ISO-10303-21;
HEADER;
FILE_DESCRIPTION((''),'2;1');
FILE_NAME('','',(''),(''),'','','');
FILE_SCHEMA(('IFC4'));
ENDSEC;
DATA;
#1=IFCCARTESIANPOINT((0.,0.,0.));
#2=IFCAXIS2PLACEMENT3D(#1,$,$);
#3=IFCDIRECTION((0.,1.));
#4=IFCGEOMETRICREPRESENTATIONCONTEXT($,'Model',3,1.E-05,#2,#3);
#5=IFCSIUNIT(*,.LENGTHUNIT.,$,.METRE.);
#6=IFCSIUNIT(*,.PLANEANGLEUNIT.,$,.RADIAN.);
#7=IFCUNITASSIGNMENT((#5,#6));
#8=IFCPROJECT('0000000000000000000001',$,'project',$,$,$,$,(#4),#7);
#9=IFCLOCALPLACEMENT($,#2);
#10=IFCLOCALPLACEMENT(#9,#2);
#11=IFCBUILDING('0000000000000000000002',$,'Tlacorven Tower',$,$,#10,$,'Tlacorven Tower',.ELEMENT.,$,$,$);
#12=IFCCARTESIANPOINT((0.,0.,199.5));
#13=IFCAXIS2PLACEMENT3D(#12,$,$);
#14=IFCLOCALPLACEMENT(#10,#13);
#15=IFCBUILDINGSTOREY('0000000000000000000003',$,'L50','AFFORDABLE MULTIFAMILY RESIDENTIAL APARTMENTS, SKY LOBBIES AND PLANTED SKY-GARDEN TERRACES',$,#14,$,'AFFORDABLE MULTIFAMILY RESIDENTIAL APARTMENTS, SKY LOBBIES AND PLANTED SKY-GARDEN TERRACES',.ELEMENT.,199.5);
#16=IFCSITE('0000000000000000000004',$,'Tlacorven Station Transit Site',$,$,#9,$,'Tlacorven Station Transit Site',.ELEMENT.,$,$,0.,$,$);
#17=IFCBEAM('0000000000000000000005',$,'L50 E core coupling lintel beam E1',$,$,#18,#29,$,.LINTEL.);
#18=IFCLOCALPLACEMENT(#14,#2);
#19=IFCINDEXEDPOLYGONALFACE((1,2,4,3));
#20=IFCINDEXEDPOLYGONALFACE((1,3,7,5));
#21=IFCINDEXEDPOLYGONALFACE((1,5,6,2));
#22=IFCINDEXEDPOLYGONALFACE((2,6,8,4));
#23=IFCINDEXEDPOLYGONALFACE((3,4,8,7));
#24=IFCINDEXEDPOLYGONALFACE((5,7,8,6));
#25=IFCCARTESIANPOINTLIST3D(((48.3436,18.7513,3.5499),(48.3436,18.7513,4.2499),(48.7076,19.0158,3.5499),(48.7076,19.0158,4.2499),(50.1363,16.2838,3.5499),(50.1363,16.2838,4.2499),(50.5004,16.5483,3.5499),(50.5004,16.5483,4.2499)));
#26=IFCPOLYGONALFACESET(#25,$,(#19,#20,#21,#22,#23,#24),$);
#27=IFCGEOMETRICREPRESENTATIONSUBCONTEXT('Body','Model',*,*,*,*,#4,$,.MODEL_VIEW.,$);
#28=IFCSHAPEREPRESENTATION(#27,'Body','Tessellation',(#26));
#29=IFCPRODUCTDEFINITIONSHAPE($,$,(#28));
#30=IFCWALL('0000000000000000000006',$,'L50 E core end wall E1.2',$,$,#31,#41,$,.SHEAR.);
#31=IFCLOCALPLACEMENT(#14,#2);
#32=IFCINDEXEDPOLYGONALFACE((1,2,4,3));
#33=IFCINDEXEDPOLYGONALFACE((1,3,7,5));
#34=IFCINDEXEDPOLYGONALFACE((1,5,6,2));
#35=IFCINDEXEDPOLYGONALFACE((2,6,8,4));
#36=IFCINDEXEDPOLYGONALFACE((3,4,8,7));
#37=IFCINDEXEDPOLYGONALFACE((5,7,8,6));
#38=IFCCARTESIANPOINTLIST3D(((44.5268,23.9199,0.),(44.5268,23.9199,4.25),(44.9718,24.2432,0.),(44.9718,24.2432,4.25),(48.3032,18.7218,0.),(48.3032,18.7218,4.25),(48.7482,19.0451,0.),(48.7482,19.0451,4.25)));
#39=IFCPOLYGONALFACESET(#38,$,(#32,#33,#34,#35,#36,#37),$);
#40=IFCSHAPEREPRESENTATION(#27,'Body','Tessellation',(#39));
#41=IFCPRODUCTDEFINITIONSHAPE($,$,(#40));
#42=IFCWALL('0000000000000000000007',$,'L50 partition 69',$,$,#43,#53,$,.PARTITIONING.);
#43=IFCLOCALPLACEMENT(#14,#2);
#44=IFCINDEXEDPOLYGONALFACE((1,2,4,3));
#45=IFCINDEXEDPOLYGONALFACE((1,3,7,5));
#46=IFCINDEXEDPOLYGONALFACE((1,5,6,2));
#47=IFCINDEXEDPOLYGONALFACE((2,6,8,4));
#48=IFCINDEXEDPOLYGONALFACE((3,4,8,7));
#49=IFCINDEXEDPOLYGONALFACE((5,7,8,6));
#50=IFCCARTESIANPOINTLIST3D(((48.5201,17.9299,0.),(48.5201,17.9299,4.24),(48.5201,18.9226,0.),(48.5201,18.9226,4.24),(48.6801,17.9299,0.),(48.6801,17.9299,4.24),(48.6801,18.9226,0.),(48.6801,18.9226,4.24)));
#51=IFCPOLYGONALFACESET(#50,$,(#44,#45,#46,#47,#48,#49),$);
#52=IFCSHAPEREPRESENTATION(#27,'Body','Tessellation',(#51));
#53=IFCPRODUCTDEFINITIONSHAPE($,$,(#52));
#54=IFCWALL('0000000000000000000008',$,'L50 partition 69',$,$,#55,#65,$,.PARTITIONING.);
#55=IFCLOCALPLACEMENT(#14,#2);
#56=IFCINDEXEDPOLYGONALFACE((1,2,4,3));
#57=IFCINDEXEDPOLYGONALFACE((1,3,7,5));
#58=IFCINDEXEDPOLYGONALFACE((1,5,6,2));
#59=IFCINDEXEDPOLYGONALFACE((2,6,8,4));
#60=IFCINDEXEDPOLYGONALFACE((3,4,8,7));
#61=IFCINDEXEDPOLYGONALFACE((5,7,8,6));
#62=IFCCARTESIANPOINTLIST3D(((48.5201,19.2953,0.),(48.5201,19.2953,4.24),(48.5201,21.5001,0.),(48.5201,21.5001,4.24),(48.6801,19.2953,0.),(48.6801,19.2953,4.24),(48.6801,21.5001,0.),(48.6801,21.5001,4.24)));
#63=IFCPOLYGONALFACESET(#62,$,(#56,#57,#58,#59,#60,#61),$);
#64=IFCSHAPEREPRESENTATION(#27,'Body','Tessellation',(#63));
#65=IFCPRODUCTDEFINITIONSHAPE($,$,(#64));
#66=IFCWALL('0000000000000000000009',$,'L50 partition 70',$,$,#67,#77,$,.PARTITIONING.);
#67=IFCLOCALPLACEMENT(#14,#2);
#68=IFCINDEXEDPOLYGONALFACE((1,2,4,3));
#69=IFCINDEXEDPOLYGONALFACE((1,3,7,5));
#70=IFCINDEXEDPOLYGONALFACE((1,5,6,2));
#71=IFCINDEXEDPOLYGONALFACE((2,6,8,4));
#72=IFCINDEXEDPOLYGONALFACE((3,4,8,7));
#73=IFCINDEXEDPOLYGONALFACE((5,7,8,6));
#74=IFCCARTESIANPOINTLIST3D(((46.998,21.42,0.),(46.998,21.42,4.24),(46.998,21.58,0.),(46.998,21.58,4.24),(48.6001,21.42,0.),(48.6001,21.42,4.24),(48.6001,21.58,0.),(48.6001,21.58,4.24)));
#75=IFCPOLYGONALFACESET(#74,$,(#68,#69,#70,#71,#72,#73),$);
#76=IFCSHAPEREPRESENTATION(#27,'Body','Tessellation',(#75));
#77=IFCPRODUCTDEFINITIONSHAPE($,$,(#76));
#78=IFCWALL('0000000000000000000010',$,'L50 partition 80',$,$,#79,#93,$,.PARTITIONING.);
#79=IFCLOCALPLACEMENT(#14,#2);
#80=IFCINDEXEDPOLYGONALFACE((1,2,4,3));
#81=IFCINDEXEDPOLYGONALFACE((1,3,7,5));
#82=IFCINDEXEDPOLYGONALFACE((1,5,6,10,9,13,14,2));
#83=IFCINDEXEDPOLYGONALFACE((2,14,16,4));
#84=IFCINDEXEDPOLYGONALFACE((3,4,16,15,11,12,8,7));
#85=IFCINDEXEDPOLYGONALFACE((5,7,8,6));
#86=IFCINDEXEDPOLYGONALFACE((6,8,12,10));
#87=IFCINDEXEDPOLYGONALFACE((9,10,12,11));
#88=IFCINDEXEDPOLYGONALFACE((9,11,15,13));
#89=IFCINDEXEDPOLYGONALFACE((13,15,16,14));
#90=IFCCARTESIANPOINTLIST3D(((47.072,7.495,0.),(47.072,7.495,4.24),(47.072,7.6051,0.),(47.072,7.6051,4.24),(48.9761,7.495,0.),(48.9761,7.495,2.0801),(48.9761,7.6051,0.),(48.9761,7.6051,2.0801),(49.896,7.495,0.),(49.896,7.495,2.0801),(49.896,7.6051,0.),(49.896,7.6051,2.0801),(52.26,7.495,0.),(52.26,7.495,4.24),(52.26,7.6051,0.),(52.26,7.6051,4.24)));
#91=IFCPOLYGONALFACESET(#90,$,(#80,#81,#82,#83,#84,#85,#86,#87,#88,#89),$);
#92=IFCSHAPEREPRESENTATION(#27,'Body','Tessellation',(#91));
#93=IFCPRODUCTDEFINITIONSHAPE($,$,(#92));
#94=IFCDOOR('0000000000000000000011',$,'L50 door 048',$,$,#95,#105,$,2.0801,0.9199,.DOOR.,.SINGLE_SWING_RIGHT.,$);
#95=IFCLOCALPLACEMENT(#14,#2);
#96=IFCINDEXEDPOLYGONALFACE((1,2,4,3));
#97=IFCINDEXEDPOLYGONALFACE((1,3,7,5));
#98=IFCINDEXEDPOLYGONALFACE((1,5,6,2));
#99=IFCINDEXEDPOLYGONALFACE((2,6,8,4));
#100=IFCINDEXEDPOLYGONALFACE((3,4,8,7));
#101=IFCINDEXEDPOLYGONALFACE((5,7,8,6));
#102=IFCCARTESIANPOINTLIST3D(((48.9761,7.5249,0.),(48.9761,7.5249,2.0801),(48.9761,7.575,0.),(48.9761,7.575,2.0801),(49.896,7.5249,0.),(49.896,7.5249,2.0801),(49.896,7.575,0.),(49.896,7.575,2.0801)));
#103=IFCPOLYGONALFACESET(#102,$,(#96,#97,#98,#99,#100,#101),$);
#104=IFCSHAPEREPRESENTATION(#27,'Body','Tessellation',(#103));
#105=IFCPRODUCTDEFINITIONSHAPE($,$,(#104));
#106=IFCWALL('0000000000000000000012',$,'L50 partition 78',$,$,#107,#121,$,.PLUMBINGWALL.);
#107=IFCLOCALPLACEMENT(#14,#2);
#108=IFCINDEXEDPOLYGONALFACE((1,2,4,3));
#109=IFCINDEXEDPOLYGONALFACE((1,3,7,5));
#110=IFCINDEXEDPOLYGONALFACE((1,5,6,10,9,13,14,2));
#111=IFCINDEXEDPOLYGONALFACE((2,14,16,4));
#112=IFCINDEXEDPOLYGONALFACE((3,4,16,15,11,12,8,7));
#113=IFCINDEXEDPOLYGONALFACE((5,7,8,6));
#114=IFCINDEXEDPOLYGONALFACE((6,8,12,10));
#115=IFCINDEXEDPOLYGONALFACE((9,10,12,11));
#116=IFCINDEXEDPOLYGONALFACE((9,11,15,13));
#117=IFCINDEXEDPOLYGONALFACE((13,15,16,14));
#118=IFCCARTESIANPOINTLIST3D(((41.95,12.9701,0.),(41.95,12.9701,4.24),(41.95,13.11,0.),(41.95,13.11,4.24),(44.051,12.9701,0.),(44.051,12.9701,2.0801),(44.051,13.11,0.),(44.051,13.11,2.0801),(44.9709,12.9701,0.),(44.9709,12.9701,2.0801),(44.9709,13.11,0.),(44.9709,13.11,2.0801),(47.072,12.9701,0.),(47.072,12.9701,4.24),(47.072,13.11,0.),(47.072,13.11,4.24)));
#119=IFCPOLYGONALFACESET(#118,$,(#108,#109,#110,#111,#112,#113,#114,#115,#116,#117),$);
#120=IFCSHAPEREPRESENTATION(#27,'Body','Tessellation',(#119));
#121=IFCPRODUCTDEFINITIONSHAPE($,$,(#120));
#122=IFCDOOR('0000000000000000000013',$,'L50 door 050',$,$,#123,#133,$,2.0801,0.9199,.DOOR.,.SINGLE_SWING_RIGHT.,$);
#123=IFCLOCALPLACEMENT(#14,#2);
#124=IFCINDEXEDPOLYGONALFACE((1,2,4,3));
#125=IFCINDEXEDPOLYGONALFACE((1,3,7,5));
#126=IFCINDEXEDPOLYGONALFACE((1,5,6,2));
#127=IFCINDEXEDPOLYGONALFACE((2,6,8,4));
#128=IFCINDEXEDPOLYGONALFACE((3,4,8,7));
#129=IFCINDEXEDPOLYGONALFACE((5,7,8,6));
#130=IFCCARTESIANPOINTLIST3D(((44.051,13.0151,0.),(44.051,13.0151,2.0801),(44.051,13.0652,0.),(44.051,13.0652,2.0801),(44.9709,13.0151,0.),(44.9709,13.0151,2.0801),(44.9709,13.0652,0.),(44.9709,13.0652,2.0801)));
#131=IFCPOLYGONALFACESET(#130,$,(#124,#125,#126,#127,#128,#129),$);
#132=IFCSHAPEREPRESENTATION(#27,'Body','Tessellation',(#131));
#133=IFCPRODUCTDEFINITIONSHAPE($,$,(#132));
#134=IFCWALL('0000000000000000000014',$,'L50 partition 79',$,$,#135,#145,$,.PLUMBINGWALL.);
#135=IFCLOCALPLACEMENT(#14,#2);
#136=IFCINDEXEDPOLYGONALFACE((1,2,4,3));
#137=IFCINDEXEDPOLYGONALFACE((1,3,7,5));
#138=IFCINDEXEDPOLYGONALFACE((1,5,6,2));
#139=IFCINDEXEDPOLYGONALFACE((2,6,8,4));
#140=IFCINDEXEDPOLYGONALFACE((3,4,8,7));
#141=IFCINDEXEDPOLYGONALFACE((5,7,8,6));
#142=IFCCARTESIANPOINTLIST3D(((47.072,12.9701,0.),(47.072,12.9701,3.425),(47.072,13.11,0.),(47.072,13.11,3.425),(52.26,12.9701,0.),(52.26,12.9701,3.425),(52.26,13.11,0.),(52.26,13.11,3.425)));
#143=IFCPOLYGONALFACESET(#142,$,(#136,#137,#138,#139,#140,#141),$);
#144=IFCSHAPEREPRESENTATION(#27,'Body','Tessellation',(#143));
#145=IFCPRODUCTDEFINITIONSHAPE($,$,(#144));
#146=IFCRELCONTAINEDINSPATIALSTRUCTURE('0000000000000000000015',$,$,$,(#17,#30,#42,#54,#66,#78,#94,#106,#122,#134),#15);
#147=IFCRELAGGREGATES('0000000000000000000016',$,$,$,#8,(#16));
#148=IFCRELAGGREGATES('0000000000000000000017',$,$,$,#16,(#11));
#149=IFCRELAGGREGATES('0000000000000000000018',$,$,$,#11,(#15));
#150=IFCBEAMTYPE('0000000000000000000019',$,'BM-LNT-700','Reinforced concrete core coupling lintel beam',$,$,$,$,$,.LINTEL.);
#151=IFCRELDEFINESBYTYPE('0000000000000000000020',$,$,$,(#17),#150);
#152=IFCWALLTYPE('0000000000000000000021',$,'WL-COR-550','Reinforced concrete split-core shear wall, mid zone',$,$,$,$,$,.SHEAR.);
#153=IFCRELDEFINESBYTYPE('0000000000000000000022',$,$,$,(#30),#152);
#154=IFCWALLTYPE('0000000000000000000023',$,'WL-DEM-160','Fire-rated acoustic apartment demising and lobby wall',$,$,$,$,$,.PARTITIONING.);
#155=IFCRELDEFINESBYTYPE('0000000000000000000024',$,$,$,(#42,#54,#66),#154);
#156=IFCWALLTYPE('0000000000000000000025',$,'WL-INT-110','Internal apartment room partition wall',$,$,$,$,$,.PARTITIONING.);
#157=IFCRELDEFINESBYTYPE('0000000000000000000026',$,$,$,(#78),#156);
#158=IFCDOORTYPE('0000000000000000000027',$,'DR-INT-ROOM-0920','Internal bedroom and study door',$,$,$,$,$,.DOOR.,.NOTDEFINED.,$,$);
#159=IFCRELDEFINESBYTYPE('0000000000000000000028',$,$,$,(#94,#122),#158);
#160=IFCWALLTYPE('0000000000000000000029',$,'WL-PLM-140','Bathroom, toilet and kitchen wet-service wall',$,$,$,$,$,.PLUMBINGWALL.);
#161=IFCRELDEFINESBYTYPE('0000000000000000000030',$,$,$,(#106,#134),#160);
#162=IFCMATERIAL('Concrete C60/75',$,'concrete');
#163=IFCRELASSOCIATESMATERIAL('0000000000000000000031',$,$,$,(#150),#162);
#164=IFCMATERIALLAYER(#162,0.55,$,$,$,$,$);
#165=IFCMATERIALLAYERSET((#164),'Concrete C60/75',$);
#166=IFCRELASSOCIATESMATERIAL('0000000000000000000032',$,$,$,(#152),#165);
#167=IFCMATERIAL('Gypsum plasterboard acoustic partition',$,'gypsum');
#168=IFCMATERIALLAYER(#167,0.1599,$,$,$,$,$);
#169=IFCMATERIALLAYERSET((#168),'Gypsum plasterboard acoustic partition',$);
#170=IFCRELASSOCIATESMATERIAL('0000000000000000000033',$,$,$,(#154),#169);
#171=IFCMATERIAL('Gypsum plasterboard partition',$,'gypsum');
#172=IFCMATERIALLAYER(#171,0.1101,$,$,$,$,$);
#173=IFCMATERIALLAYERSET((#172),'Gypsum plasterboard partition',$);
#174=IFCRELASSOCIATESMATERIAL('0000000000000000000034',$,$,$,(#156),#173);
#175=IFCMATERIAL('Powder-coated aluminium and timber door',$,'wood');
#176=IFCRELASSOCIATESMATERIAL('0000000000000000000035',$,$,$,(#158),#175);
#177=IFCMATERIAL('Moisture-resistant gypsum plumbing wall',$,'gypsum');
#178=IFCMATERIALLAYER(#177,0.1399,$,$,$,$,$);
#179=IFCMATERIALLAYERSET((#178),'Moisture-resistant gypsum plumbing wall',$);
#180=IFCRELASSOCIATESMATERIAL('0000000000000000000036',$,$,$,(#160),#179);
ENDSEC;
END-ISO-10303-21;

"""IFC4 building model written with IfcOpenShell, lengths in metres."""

from ifc_helpers import new_model, si_unit, direction, frame, frame_2d, origin, origin_2d, place, context, subcontext, project, spatial, rectangle, extrude, source, transform, mapped, material, layer, layer_set, material_profile, profile_set, type_object, element, fill, save


model = new_model("IFC4")

# Units and contexts
model_context = context("Model", 3, precision=1e-05, world=origin(), true_north=direction((0.0, 1.0)))
body_context = subcontext(model_context, "Body", "Model", "MODEL_VIEW")
ifc_project = project(units=[si_unit("LENGTHUNIT", "METRE"), si_unit("PLANEANGLEUNIT", "RADIAN")], contexts=[model_context])

# Site, building, storey
site_placement = place(None, origin())
site = spatial("IfcSite", under=ifc_project, at=site_placement, Name="Tlacorven Station Transit Site", LongName="Tlacorven Station Transit Site", CompositionType="ELEMENT", RefElevation=0.0)
building_placement = place(site_placement, origin())
building = spatial("IfcBuilding", under=site, at=building_placement, Name="Tlacorven Tower", LongName="Tlacorven Tower", CompositionType="ELEMENT")
storey_placement = place(building_placement, frame((0.0, 0.0, 199.5)))
storey = spatial("IfcBuildingStorey", under=building, at=storey_placement, Name="L50", Description="AFFORDABLE MULTIFAMILY RESIDENTIAL APARTMENTS, SKY LOBBIES AND PLANTED SKY-GARDEN TERRACES", LongName="AFFORDABLE MULTIFAMILY RESIDENTIAL APARTMENTS, SKY LOBBIES AND PLANTED SKY-GARDEN TERRACES", CompositionType="ELEMENT", Elevation=199.5)

# Beam
ifc_material_1 = material(Name="Concrete C60/75", Category="concrete")
ifc_material_profile = material_profile(ifc_material_1, rectangle(XDim=0.45, YDim=0.7, at=origin_2d()), Name="RC 450X700")
ifc_profile_set = profile_set([ifc_material_profile], Name="Concrete C60/75")
beam_type = type_object("IfcBeamType", Name="BM-LNT-700", Description="Reinforced concrete core coupling lintel beam", PredefinedType="LINTEL", material=ifc_profile_set)
shared_shape_1 = source(origin(), body_context, "Body", "SweptSolid", [
    extrude(rectangle(XDim=0.45, YDim=0.7, at=origin_2d()), origin(), (0.0, 0.0, 1.0), 3.05),
])
beam_placement = place(storey_placement, frame((50.3184, 16.416, 3.8999), z_axis=(-0.587777, 0.809023, 0.0), x_axis=(-0.809023, -0.587777, 0.0)))
element("IfcBeam", 1, at=beam_placement, inside=storey, type_object=beam_type, Name="L50 E core coupling lintel beam E1", PredefinedType="LINTEL", context=body_context, shape_type="MappedRepresentation", body=[
    mapped(shared_shape_1, transform((0.0, 0.0, 0.0), scale=1.0)),
])

# Walls
ifc_layer_1 = layer(ifc_material_1, 0.55)
ifc_layer_set_1 = layer_set([ifc_layer_1], Name="Concrete C60/75")
wall_type_1 = type_object("IfcWallType", Name="WL-COR-550", Description="Reinforced concrete split-core shear wall, mid zone", PredefinedType="SHEAR", material=ifc_layer_set_1)
wall_1_placement = place(storey_placement, frame((48.5256, 18.8835, 0.0), z_axis=(0.0, 0.0, 1.0), x_axis=(-0.587765, 0.809032, 0.0)))
element("IfcWall", 2, at=wall_1_placement, inside=storey, type_object=wall_type_1, Name="L50 E core end wall E1.2", PredefinedType="SHEAR", context=body_context, shape_type="SweptSolid", body=[
    extrude(rectangle(XDim=6.425, YDim=0.55, at=frame_2d((3.2124, 0.0))), origin(), (0.0, 0.0, 1.0), 4.25),
])
ifc_material_2 = material(Name="Gypsum plasterboard acoustic partition", Category="gypsum")
ifc_layer_2 = layer(ifc_material_2, 0.1599)
ifc_layer_set_2 = layer_set([ifc_layer_2], Name="Gypsum plasterboard acoustic partition")
wall_type_2 = type_object("IfcWallType", Name="WL-DEM-160", Description="Fire-rated acoustic apartment demising and lobby wall", PredefinedType="PARTITIONING", material=ifc_layer_set_2)
wall_2_placement = place(storey_placement, frame((48.6001, 17.9299, 0.0), z_axis=(0.0, 0.0, 1.0), x_axis=(0.0, 1.0, 0.0)))
element("IfcWall", 3, at=wall_2_placement, inside=storey, type_object=wall_type_2, Name="L50 partition 69", PredefinedType="PARTITIONING", context=body_context, shape_type="SweptSolid", body=[
    extrude(rectangle(XDim=0.9927, YDim=0.1599, at=frame_2d((0.4963, 0.0))), origin(), (0.0, 0.0, 1.0), 4.24),
])
wall_3_placement = place(storey_placement, frame((48.6001, 19.2952, 0.0), z_axis=(0.0, 0.0, 1.0), x_axis=(0.0, 1.0, 0.0)))
element("IfcWall", 4, at=wall_3_placement, inside=storey, type_object=wall_type_2, Name="L50 partition 69", PredefinedType="PARTITIONING", context=body_context, shape_type="SweptSolid", body=[
    extrude(rectangle(XDim=2.2048, YDim=0.1599, at=frame_2d((1.1025, 0.0))), origin(), (0.0, 0.0, 1.0), 4.24),
])
wall_4_placement = place(storey_placement, frame((46.998, 21.5, 0.0), z_axis=(0.0, 0.0, 1.0), x_axis=(1.0, 0.0, 0.0)))
element("IfcWall", 5, at=wall_4_placement, inside=storey, type_object=wall_type_2, Name="L50 partition 70", PredefinedType="PARTITIONING", context=body_context, shape_type="SweptSolid", body=[
    extrude(rectangle(XDim=1.6021, YDim=0.1599, at=frame_2d((0.801, 0.0))), origin(), (0.0, 0.0, 1.0), 4.24),
])

# Walls, openings, doors
ifc_material_3 = material(Name="Gypsum plasterboard partition", Category="gypsum")
ifc_layer_3 = layer(ifc_material_3, 0.1101)
ifc_layer_set_3 = layer_set([ifc_layer_3], Name="Gypsum plasterboard partition")
wall_type_3 = type_object("IfcWallType", Name="WL-INT-110", Description="Internal apartment room partition wall", PredefinedType="PARTITIONING", material=ifc_layer_set_3)
wall_5_placement = place(storey_placement, frame((47.072, 7.55, 0.0), z_axis=(0.0, 0.0, 1.0), x_axis=(1.0, 0.0, 0.0)))
wall_5 = element("IfcWall", 6, at=wall_5_placement, inside=storey, type_object=wall_type_3, Name="L50 partition 80", PredefinedType="PARTITIONING", context=body_context, shape_type="SweptSolid", body=[
    extrude(rectangle(XDim=5.188, YDim=0.1101, at=frame_2d((2.594, 0.0))), origin(), (0.0, 0.0, 1.0), 4.24),
])
opening_1_placement = place(wall_5_placement, frame((1.9041, 0.0, 0.0)))
opening_1 = element("IfcOpeningElement", 7, at=opening_1_placement, cuts=wall_5, PredefinedType="OPENING", context=body_context, shape_type="SweptSolid", body=[
    extrude(rectangle(XDim=0.9199, YDim=2.0801, at=frame_2d((0.46, 1.04))), frame((0.0, 0.0649, 0.0), z_axis=(0.0, -1.0, 0.0), x_axis=(1.0, 0.0, 0.0)), (0.0, 0.0, 1.0), 0.1301),
])
ifc_material_4 = material(Name="Powder-coated aluminium and timber door", Category="wood")
door_type_1 = type_object("IfcDoorType", Name="DR-INT-ROOM-0920", Description="Internal bedroom and study door", OperationType="NOTDEFINED", PredefinedType="DOOR", material=ifc_material_4)
shared_shape_2 = source(origin(), body_context, "Body", "SweptSolid", [
    extrude(rectangle(XDim=0.9199, YDim=2.0801, at=frame_2d((0.46, 1.04))), frame((0.0, 0.0249, 0.0), z_axis=(0.0, -1.0, 0.0), x_axis=(1.0, 0.0, 0.0)), (0.0, 0.0, 1.0), 0.05),
])
door_1_placement = place(opening_1_placement, origin())
door_1 = element("IfcDoor", 8, at=door_1_placement, inside=storey, type_object=door_type_1, Name="L50 door 048", OperationType="SINGLE_SWING_RIGHT", OverallHeight=2.0801, OverallWidth=0.9199, PredefinedType="DOOR", context=body_context, shape_type="MappedRepresentation", body=[
    mapped(shared_shape_2, transform((0.0, 0.0, 0.0), scale=1.0)),
])
fill(opening_1, door_1)
ifc_material_5 = material(Name="Moisture-resistant gypsum plumbing wall", Category="gypsum")
ifc_layer_4 = layer(ifc_material_5, 0.1399)
ifc_layer_set_4 = layer_set([ifc_layer_4], Name="Moisture-resistant gypsum plumbing wall")
wall_type_4 = type_object("IfcWallType", Name="WL-PLM-140", Description="Bathroom, toilet and kitchen wet-service wall", PredefinedType="PLUMBINGWALL", material=ifc_layer_set_4)
wall_6_placement = place(storey_placement, frame((41.95, 13.04, 0.0), z_axis=(0.0, 0.0, 1.0), x_axis=(1.0, 0.0, 0.0)))
wall_6 = element("IfcWall", 9, at=wall_6_placement, inside=storey, type_object=wall_type_4, Name="L50 partition 78", PredefinedType="PLUMBINGWALL", context=body_context, shape_type="SweptSolid", body=[
    extrude(rectangle(XDim=5.1221, YDim=0.1399, at=frame_2d((2.561, 0.0))), origin(), (0.0, 0.0, 1.0), 4.24),
])
opening_2_placement = place(wall_6_placement, frame((2.1011, 0.0, 0.0)))
opening_2 = element("IfcOpeningElement", 10, at=opening_2_placement, cuts=wall_6, PredefinedType="OPENING", context=body_context, shape_type="SweptSolid", body=[
    extrude(rectangle(XDim=0.9199, YDim=2.0801, at=frame_2d((0.46, 1.04))), frame((0.0, 0.0801, 0.0), z_axis=(0.0, -1.0, 0.0), x_axis=(1.0, 0.0, 0.0)), (0.0, 0.0, 1.0), 0.1599),
])
door_2_placement = place(opening_2_placement, frame((0.9199, 0.0, 0.0), z_axis=(0.0, 0.0, 1.0), x_axis=(-1.0, 0.0, 0.0)))
door_2 = element("IfcDoor", 11, at=door_2_placement, inside=storey, type_object=door_type_1, Name="L50 door 050", OperationType="SINGLE_SWING_RIGHT", OverallHeight=2.0801, OverallWidth=0.9199, PredefinedType="DOOR", context=body_context, shape_type="MappedRepresentation", body=[
    mapped(shared_shape_2, transform((0.0, 0.0, 0.0), scale=1.0)),
])
fill(opening_2, door_2)

# Wall
wall_7_placement = place(storey_placement, frame((47.072, 13.04, 0.0), z_axis=(0.0, 0.0, 1.0), x_axis=(1.0, 0.0, 0.0)))
element("IfcWall", 12, at=wall_7_placement, inside=storey, type_object=wall_type_4, Name="L50 partition 79", PredefinedType="PLUMBINGWALL", context=body_context, shape_type="SweptSolid", body=[
    extrude(rectangle(XDim=5.188, YDim=0.1399, at=frame_2d((2.594, 0.0))), origin(), (0.0, 0.0, 1.0), 3.425),
])

save(model, "model.ifc")
